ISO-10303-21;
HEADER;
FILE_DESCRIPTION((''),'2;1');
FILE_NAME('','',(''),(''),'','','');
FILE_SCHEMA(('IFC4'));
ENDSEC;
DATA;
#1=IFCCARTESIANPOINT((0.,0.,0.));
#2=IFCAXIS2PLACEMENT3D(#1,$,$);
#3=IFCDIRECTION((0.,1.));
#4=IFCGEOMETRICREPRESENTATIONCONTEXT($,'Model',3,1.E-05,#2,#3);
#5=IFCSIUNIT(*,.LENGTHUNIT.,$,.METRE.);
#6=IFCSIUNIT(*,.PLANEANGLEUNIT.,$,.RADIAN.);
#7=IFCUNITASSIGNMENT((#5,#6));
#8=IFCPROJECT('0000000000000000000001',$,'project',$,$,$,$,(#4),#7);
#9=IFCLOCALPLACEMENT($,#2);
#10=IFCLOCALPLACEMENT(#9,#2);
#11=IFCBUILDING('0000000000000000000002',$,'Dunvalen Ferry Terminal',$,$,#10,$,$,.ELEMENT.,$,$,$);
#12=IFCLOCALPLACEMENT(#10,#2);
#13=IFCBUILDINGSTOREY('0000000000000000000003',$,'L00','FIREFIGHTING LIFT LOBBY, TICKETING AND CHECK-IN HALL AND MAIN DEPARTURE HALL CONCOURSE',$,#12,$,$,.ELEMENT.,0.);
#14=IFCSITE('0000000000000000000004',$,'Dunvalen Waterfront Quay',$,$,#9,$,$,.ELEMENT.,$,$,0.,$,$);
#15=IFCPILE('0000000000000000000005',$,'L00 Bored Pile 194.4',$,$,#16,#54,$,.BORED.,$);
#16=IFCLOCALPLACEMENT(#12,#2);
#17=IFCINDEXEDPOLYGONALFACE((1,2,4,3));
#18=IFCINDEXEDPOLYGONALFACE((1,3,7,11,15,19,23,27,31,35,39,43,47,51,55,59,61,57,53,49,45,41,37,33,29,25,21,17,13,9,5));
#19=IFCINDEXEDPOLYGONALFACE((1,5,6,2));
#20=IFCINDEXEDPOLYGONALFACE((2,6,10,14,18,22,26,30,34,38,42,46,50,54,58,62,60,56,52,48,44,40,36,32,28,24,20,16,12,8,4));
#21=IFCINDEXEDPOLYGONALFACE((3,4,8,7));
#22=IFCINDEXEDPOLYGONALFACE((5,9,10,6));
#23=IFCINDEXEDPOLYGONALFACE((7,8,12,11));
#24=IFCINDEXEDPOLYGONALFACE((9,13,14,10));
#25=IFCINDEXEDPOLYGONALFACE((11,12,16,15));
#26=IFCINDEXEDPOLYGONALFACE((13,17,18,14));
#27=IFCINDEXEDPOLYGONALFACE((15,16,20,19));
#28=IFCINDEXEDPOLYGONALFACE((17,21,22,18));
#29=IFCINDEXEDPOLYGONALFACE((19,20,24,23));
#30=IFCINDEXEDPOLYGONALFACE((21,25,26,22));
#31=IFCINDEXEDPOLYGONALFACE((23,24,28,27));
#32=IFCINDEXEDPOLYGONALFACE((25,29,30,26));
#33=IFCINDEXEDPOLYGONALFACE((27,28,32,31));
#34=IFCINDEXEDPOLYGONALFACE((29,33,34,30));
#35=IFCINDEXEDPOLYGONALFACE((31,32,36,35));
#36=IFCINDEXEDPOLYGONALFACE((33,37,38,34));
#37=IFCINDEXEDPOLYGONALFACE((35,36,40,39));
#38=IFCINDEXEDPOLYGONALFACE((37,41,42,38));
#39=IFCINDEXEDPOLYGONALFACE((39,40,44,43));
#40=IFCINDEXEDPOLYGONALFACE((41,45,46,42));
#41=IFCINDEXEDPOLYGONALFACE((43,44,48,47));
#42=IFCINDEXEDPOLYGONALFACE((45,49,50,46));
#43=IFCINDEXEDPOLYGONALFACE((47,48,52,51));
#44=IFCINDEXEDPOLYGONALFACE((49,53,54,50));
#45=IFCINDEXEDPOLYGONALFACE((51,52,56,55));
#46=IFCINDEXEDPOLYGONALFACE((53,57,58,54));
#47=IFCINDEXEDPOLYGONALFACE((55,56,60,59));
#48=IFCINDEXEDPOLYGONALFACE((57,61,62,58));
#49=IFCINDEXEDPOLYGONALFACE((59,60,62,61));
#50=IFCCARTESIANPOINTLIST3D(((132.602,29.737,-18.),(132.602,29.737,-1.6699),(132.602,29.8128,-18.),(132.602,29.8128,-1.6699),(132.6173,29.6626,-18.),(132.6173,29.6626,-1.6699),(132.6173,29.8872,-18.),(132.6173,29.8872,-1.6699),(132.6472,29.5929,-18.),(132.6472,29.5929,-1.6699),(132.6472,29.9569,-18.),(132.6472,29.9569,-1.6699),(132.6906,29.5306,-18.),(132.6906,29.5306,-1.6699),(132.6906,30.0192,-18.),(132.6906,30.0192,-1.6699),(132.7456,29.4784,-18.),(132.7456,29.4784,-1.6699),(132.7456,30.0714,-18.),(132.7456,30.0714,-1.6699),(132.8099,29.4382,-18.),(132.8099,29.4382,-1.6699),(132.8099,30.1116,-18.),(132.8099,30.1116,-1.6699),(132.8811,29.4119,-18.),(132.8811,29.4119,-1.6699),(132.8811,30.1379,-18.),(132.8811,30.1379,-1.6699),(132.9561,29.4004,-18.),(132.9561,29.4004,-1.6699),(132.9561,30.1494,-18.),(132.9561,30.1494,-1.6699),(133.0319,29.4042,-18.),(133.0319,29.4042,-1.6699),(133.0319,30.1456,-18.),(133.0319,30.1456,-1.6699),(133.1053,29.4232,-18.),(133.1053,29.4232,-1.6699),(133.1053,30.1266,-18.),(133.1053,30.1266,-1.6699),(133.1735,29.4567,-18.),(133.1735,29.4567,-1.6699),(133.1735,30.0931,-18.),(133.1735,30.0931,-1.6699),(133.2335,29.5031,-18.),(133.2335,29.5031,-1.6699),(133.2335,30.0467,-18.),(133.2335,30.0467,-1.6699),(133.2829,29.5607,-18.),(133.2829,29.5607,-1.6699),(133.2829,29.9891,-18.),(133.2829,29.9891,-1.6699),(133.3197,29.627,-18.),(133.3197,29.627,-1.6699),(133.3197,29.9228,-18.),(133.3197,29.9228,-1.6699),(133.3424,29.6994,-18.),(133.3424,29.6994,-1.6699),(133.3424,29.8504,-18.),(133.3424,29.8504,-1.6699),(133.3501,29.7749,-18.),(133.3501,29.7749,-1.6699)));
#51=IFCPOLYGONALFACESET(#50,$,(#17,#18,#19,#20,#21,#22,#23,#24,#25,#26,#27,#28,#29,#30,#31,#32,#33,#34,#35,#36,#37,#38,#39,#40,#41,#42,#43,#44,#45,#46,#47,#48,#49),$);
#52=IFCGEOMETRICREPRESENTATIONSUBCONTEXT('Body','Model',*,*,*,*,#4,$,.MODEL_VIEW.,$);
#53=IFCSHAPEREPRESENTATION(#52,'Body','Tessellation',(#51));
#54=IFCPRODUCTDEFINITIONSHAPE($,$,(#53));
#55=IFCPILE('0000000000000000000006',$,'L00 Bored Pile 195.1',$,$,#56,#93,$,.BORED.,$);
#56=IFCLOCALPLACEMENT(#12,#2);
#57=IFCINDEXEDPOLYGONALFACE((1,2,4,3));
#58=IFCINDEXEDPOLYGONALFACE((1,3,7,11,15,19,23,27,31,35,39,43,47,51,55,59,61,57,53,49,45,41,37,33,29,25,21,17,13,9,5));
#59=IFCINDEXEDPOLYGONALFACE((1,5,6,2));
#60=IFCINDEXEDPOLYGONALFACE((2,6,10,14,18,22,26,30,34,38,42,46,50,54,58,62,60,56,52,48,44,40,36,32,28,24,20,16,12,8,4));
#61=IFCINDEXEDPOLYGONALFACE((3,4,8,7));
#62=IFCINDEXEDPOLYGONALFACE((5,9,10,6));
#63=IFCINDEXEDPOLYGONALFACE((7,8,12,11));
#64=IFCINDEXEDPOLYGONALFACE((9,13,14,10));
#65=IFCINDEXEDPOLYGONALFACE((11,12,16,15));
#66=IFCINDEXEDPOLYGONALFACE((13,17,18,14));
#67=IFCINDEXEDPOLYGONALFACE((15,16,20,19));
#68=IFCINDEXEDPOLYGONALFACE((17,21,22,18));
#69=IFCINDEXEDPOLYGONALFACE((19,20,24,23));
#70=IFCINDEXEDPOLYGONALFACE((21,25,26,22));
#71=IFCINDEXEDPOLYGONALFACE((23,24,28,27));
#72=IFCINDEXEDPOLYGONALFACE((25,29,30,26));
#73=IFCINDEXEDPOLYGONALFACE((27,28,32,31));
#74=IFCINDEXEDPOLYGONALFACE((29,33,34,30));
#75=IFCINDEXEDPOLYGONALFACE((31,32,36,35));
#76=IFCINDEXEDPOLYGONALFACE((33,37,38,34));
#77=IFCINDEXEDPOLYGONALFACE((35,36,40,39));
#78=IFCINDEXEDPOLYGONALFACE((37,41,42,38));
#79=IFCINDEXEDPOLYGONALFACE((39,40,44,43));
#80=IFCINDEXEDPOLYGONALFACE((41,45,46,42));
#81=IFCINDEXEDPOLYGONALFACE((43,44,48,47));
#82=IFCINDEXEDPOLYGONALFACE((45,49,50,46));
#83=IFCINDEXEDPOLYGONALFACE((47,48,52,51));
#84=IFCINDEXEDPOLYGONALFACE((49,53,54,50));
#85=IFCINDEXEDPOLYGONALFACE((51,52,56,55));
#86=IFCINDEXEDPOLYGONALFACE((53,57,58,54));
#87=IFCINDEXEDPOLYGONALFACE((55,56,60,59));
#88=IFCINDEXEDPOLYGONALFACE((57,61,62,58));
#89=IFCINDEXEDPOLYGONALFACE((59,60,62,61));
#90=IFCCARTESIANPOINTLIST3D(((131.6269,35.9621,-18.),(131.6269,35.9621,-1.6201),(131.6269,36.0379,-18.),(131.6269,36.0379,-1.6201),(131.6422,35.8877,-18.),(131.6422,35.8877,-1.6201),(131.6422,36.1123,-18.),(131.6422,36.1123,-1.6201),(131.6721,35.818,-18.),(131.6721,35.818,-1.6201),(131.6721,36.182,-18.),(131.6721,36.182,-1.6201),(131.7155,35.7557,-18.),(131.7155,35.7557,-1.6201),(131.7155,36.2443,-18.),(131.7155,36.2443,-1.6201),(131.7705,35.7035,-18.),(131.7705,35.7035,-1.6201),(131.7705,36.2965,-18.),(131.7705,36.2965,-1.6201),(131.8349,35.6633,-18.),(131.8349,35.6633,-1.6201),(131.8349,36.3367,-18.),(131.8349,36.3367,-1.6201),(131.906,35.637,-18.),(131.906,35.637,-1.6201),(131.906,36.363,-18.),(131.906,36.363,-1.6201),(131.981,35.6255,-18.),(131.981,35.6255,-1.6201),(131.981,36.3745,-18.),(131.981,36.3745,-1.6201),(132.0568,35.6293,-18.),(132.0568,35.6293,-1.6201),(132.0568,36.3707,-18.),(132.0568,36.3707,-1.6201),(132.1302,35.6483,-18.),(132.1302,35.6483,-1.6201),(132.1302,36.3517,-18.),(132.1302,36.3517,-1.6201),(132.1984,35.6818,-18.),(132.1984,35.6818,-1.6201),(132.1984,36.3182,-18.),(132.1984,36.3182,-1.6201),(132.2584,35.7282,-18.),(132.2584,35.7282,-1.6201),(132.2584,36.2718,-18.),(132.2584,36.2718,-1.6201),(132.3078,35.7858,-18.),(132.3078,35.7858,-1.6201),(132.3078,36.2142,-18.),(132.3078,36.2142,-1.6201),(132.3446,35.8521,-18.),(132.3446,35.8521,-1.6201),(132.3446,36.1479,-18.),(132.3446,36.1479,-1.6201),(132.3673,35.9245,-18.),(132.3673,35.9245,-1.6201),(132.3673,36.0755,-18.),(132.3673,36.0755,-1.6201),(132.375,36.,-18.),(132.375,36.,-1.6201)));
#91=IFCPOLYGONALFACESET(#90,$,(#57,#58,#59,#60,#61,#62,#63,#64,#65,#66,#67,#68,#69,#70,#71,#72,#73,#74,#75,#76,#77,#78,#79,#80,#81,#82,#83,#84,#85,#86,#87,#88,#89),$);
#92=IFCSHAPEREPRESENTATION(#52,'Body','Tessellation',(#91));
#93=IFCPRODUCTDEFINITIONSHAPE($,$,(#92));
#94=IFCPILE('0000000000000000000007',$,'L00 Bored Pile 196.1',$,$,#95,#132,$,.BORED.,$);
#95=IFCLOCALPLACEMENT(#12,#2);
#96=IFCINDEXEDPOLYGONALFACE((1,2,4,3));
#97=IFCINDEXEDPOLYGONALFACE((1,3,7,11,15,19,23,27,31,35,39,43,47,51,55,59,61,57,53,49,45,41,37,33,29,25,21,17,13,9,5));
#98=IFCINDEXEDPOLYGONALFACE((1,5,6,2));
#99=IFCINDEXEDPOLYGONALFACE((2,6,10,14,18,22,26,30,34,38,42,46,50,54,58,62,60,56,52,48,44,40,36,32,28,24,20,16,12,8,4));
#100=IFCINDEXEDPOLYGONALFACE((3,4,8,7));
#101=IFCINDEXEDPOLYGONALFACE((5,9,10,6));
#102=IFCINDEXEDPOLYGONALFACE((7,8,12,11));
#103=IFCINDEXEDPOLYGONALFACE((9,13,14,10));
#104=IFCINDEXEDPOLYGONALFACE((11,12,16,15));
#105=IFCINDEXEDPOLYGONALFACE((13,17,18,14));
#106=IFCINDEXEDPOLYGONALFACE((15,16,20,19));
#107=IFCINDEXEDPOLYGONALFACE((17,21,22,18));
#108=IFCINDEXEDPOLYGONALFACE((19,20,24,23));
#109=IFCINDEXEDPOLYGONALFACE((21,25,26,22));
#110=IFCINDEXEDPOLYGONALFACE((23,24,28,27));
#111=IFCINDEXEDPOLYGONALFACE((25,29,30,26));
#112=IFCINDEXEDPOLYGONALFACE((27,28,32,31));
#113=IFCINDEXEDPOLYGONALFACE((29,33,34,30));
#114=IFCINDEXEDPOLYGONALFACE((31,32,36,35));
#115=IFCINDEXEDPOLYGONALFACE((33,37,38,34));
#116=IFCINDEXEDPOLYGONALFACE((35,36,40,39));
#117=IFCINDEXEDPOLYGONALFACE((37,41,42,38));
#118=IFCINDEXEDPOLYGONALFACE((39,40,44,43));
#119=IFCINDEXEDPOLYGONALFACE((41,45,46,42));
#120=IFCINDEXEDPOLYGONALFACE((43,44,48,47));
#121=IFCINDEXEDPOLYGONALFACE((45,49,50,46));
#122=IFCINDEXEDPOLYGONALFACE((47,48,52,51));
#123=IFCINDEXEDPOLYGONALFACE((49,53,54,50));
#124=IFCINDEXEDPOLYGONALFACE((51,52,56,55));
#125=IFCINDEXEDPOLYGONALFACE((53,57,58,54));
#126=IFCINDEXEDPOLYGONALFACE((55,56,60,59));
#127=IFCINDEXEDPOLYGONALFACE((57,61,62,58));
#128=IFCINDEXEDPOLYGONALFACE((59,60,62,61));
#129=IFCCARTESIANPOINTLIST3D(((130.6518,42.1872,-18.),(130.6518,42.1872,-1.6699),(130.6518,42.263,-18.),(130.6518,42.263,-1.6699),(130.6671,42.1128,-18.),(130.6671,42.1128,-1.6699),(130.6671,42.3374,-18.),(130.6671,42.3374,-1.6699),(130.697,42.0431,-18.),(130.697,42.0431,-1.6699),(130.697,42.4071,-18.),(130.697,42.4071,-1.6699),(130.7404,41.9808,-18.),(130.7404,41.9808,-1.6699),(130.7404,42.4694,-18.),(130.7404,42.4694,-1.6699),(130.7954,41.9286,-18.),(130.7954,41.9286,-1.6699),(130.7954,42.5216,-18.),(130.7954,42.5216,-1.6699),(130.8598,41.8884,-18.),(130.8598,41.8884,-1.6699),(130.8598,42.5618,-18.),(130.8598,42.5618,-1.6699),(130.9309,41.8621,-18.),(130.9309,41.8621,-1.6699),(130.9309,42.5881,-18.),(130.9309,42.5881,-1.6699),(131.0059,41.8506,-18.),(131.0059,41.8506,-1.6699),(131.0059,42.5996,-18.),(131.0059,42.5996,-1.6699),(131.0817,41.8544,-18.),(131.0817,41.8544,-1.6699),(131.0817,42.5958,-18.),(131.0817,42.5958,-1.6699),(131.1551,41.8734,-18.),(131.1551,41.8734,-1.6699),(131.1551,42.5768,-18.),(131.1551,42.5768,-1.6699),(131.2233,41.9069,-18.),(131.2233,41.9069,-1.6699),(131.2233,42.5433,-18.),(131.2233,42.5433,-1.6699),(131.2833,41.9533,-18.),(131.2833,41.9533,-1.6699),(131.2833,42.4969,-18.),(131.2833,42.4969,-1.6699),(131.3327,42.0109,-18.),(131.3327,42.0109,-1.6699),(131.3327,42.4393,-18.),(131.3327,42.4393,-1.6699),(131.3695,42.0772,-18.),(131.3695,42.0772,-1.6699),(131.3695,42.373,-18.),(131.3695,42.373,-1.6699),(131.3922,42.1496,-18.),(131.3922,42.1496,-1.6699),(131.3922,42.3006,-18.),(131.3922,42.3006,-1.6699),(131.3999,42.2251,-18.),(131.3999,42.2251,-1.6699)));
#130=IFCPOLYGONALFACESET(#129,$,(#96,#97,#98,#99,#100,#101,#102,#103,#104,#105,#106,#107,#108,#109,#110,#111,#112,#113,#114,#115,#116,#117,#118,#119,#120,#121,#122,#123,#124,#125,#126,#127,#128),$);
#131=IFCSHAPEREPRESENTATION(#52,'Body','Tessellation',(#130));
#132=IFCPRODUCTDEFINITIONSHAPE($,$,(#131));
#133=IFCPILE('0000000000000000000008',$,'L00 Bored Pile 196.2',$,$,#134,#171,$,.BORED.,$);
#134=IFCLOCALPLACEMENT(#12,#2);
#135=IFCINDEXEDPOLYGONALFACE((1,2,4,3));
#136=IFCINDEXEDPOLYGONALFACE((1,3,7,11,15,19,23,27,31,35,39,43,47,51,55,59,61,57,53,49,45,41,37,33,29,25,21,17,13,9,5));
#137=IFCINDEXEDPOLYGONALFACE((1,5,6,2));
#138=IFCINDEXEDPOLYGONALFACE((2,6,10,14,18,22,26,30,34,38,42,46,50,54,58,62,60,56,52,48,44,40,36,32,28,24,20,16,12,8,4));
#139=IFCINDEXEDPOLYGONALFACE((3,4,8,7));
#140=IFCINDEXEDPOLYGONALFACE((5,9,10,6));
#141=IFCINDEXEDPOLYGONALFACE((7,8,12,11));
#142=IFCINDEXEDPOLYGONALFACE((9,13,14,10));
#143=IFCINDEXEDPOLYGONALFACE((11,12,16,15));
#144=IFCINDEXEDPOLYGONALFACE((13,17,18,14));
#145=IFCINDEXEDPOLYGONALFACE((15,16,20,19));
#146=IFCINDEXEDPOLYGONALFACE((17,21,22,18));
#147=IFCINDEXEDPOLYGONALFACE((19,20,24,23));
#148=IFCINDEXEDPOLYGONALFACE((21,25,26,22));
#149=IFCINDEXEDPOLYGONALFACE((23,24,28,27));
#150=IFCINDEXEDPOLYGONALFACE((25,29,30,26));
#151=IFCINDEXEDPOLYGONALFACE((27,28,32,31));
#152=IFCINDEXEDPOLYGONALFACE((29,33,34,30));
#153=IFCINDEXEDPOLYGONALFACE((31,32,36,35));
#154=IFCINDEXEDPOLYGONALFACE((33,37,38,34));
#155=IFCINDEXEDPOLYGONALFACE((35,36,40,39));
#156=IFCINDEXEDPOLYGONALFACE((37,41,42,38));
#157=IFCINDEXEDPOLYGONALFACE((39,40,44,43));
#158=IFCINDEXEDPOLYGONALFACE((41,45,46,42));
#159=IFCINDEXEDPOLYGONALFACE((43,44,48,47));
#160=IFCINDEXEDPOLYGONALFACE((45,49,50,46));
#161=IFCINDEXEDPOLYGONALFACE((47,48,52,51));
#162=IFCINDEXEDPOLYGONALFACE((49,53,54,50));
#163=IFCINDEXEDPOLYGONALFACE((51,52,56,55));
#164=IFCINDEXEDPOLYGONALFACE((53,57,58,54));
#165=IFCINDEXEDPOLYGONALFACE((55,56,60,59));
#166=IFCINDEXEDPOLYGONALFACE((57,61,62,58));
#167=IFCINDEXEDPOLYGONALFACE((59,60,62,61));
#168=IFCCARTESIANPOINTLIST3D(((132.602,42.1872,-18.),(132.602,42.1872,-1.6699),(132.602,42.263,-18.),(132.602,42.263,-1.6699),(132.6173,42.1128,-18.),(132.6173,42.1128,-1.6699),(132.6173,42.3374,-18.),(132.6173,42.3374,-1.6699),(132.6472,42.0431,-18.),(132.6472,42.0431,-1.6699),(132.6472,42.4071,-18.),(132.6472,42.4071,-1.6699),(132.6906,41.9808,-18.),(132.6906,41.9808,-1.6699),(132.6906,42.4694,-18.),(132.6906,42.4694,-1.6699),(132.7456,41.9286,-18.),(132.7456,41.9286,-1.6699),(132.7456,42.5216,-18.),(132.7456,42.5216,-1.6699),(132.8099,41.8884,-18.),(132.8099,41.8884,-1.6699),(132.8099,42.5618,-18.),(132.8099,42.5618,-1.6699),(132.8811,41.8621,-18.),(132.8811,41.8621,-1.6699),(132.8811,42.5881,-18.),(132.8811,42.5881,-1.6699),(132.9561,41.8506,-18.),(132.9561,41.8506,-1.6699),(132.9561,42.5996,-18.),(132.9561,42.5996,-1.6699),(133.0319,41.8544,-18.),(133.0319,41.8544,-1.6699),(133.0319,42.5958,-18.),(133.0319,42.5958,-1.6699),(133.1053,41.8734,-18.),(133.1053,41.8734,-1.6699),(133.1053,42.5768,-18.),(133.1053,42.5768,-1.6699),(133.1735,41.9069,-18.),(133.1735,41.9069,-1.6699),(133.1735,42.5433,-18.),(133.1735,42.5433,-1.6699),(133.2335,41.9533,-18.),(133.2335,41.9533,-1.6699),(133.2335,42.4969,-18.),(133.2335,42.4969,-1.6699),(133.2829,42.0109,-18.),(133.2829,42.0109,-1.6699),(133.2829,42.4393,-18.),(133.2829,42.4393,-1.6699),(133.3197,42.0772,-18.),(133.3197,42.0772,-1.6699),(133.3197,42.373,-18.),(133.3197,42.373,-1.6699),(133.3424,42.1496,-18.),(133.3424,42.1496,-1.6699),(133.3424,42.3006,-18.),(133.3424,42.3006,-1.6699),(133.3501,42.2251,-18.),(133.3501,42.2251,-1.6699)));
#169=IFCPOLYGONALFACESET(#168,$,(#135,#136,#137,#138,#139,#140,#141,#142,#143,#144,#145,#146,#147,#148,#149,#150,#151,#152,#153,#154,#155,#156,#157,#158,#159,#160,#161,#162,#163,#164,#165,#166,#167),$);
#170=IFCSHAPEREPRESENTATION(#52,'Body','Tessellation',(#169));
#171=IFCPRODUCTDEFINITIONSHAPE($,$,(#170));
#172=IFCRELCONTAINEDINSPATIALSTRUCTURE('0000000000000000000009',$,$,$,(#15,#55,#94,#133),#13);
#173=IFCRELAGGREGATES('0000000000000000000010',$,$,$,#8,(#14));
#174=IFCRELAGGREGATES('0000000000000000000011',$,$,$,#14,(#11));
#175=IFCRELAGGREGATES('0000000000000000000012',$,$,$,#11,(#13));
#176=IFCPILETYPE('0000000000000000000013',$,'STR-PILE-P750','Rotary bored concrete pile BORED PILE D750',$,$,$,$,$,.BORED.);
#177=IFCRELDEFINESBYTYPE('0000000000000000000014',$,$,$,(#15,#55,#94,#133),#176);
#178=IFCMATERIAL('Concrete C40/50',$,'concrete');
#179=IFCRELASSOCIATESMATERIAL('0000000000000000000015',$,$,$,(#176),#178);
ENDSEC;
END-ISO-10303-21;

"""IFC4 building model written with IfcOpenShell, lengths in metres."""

from ifc_helpers import new_model, si_unit, direction, frame, origin, origin_2d, place, context, subcontext, project, spatial, circle, extrude, material, material_profile, profile_set, type_object, element, save


model = new_model("IFC4")

# Units and contexts
model_context = context("Model", 3, precision=1e-05, world=origin(), true_north=direction((0.0, 1.0)))
body_context = subcontext(model_context, "Body", "Model", "MODEL_VIEW")
ifc_project = project(units=[si_unit("LENGTHUNIT", "METRE"), si_unit("PLANEANGLEUNIT", "RADIAN")], contexts=[model_context])

# Site, building, storey
site_placement = place(None, origin())
site = spatial("IfcSite", under=ifc_project, at=site_placement, Name="Dunvalen Waterfront Quay", CompositionType="ELEMENT", RefElevation=0.0)
building_placement = place(site_placement, origin())
building = spatial("IfcBuilding", under=site, at=building_placement, Name="Dunvalen Ferry Terminal", CompositionType="ELEMENT")
storey_placement = place(building_placement, origin())
storey = spatial("IfcBuildingStorey", under=building, at=storey_placement, Name="L00", Description="FIREFIGHTING LIFT LOBBY, TICKETING AND CHECK-IN HALL AND MAIN DEPARTURE HALL CONCOURSE", CompositionType="ELEMENT", Elevation=0.0)

# Shared definitions
ifc_material = material(Name="Concrete C40/50", Category="concrete")

# Piles
ifc_material_profile_1 = material_profile(ifc_material, circle(Radius=0.375, at=origin_2d()), Name="Concrete C40/50")
ifc_profile_set_1 = profile_set([ifc_material_profile_1], Name="Concrete C40/50")
pile_type = type_object("IfcPileType", Name="STR-PILE-P750", Description="Rotary bored concrete pile BORED PILE D750", PredefinedType="BORED", material=ifc_profile_set_1)
for number, where, z_axis, x_axis, name in (
    (1, (132.9751, 29.7749, -1.6699), (0.0, 0.0, -1.0), (1.0, 0.0, 0.0), "L00 Bored Pile 194.4"),
):
    element("IfcPile", number, at=place(storey_placement, frame(where, z_axis=z_axis, x_axis=x_axis)), inside=storey, type_object=pile_type, Name=name, PredefinedType="BORED", context=body_context, shape_type="SweptSolid", body=[
        extrude(circle(Radius=0.375, at=origin_2d()), origin(), (0.0, 0.0, 1.0), 16.3301),
    ])
pile_1_placement = place(storey_placement, frame((132.0, 36.0, -1.6201), z_axis=(0.0, 0.0, -1.0), x_axis=(1.0, 0.0, 0.0)))
element("IfcPile", 2, at=pile_1_placement, inside=storey, type_object=pile_type, Name="L00 Bored Pile 195.1", PredefinedType="BORED", context=body_context, shape_type="SweptSolid", body=[
    extrude(circle(Radius=0.375, at=origin_2d()), origin(), (0.0, 0.0, 1.0), 16.3799),
])
for number, where, z_axis, x_axis, name in (
    (3, (131.0249, 42.2251, -1.6699), (0.0, 0.0, -1.0), (1.0, 0.0, 0.0), "L00 Bored Pile 196.1"),
    (4, (132.9751, 42.2251, -1.6699), (0.0, 0.0, -1.0), (1.0, 0.0, 0.0), "L00 Bored Pile 196.2"),
):
    element("IfcPile", number, at=place(storey_placement, frame(where, z_axis=z_axis, x_axis=x_axis)), inside=storey, type_object=pile_type, Name=name, PredefinedType="BORED", context=body_context, shape_type="SweptSolid", body=[
        extrude(circle(Radius=0.375, at=origin_2d()), origin(), (0.0, 0.0, 1.0), 16.3301),
    ])

save(model, "model.ifc")
